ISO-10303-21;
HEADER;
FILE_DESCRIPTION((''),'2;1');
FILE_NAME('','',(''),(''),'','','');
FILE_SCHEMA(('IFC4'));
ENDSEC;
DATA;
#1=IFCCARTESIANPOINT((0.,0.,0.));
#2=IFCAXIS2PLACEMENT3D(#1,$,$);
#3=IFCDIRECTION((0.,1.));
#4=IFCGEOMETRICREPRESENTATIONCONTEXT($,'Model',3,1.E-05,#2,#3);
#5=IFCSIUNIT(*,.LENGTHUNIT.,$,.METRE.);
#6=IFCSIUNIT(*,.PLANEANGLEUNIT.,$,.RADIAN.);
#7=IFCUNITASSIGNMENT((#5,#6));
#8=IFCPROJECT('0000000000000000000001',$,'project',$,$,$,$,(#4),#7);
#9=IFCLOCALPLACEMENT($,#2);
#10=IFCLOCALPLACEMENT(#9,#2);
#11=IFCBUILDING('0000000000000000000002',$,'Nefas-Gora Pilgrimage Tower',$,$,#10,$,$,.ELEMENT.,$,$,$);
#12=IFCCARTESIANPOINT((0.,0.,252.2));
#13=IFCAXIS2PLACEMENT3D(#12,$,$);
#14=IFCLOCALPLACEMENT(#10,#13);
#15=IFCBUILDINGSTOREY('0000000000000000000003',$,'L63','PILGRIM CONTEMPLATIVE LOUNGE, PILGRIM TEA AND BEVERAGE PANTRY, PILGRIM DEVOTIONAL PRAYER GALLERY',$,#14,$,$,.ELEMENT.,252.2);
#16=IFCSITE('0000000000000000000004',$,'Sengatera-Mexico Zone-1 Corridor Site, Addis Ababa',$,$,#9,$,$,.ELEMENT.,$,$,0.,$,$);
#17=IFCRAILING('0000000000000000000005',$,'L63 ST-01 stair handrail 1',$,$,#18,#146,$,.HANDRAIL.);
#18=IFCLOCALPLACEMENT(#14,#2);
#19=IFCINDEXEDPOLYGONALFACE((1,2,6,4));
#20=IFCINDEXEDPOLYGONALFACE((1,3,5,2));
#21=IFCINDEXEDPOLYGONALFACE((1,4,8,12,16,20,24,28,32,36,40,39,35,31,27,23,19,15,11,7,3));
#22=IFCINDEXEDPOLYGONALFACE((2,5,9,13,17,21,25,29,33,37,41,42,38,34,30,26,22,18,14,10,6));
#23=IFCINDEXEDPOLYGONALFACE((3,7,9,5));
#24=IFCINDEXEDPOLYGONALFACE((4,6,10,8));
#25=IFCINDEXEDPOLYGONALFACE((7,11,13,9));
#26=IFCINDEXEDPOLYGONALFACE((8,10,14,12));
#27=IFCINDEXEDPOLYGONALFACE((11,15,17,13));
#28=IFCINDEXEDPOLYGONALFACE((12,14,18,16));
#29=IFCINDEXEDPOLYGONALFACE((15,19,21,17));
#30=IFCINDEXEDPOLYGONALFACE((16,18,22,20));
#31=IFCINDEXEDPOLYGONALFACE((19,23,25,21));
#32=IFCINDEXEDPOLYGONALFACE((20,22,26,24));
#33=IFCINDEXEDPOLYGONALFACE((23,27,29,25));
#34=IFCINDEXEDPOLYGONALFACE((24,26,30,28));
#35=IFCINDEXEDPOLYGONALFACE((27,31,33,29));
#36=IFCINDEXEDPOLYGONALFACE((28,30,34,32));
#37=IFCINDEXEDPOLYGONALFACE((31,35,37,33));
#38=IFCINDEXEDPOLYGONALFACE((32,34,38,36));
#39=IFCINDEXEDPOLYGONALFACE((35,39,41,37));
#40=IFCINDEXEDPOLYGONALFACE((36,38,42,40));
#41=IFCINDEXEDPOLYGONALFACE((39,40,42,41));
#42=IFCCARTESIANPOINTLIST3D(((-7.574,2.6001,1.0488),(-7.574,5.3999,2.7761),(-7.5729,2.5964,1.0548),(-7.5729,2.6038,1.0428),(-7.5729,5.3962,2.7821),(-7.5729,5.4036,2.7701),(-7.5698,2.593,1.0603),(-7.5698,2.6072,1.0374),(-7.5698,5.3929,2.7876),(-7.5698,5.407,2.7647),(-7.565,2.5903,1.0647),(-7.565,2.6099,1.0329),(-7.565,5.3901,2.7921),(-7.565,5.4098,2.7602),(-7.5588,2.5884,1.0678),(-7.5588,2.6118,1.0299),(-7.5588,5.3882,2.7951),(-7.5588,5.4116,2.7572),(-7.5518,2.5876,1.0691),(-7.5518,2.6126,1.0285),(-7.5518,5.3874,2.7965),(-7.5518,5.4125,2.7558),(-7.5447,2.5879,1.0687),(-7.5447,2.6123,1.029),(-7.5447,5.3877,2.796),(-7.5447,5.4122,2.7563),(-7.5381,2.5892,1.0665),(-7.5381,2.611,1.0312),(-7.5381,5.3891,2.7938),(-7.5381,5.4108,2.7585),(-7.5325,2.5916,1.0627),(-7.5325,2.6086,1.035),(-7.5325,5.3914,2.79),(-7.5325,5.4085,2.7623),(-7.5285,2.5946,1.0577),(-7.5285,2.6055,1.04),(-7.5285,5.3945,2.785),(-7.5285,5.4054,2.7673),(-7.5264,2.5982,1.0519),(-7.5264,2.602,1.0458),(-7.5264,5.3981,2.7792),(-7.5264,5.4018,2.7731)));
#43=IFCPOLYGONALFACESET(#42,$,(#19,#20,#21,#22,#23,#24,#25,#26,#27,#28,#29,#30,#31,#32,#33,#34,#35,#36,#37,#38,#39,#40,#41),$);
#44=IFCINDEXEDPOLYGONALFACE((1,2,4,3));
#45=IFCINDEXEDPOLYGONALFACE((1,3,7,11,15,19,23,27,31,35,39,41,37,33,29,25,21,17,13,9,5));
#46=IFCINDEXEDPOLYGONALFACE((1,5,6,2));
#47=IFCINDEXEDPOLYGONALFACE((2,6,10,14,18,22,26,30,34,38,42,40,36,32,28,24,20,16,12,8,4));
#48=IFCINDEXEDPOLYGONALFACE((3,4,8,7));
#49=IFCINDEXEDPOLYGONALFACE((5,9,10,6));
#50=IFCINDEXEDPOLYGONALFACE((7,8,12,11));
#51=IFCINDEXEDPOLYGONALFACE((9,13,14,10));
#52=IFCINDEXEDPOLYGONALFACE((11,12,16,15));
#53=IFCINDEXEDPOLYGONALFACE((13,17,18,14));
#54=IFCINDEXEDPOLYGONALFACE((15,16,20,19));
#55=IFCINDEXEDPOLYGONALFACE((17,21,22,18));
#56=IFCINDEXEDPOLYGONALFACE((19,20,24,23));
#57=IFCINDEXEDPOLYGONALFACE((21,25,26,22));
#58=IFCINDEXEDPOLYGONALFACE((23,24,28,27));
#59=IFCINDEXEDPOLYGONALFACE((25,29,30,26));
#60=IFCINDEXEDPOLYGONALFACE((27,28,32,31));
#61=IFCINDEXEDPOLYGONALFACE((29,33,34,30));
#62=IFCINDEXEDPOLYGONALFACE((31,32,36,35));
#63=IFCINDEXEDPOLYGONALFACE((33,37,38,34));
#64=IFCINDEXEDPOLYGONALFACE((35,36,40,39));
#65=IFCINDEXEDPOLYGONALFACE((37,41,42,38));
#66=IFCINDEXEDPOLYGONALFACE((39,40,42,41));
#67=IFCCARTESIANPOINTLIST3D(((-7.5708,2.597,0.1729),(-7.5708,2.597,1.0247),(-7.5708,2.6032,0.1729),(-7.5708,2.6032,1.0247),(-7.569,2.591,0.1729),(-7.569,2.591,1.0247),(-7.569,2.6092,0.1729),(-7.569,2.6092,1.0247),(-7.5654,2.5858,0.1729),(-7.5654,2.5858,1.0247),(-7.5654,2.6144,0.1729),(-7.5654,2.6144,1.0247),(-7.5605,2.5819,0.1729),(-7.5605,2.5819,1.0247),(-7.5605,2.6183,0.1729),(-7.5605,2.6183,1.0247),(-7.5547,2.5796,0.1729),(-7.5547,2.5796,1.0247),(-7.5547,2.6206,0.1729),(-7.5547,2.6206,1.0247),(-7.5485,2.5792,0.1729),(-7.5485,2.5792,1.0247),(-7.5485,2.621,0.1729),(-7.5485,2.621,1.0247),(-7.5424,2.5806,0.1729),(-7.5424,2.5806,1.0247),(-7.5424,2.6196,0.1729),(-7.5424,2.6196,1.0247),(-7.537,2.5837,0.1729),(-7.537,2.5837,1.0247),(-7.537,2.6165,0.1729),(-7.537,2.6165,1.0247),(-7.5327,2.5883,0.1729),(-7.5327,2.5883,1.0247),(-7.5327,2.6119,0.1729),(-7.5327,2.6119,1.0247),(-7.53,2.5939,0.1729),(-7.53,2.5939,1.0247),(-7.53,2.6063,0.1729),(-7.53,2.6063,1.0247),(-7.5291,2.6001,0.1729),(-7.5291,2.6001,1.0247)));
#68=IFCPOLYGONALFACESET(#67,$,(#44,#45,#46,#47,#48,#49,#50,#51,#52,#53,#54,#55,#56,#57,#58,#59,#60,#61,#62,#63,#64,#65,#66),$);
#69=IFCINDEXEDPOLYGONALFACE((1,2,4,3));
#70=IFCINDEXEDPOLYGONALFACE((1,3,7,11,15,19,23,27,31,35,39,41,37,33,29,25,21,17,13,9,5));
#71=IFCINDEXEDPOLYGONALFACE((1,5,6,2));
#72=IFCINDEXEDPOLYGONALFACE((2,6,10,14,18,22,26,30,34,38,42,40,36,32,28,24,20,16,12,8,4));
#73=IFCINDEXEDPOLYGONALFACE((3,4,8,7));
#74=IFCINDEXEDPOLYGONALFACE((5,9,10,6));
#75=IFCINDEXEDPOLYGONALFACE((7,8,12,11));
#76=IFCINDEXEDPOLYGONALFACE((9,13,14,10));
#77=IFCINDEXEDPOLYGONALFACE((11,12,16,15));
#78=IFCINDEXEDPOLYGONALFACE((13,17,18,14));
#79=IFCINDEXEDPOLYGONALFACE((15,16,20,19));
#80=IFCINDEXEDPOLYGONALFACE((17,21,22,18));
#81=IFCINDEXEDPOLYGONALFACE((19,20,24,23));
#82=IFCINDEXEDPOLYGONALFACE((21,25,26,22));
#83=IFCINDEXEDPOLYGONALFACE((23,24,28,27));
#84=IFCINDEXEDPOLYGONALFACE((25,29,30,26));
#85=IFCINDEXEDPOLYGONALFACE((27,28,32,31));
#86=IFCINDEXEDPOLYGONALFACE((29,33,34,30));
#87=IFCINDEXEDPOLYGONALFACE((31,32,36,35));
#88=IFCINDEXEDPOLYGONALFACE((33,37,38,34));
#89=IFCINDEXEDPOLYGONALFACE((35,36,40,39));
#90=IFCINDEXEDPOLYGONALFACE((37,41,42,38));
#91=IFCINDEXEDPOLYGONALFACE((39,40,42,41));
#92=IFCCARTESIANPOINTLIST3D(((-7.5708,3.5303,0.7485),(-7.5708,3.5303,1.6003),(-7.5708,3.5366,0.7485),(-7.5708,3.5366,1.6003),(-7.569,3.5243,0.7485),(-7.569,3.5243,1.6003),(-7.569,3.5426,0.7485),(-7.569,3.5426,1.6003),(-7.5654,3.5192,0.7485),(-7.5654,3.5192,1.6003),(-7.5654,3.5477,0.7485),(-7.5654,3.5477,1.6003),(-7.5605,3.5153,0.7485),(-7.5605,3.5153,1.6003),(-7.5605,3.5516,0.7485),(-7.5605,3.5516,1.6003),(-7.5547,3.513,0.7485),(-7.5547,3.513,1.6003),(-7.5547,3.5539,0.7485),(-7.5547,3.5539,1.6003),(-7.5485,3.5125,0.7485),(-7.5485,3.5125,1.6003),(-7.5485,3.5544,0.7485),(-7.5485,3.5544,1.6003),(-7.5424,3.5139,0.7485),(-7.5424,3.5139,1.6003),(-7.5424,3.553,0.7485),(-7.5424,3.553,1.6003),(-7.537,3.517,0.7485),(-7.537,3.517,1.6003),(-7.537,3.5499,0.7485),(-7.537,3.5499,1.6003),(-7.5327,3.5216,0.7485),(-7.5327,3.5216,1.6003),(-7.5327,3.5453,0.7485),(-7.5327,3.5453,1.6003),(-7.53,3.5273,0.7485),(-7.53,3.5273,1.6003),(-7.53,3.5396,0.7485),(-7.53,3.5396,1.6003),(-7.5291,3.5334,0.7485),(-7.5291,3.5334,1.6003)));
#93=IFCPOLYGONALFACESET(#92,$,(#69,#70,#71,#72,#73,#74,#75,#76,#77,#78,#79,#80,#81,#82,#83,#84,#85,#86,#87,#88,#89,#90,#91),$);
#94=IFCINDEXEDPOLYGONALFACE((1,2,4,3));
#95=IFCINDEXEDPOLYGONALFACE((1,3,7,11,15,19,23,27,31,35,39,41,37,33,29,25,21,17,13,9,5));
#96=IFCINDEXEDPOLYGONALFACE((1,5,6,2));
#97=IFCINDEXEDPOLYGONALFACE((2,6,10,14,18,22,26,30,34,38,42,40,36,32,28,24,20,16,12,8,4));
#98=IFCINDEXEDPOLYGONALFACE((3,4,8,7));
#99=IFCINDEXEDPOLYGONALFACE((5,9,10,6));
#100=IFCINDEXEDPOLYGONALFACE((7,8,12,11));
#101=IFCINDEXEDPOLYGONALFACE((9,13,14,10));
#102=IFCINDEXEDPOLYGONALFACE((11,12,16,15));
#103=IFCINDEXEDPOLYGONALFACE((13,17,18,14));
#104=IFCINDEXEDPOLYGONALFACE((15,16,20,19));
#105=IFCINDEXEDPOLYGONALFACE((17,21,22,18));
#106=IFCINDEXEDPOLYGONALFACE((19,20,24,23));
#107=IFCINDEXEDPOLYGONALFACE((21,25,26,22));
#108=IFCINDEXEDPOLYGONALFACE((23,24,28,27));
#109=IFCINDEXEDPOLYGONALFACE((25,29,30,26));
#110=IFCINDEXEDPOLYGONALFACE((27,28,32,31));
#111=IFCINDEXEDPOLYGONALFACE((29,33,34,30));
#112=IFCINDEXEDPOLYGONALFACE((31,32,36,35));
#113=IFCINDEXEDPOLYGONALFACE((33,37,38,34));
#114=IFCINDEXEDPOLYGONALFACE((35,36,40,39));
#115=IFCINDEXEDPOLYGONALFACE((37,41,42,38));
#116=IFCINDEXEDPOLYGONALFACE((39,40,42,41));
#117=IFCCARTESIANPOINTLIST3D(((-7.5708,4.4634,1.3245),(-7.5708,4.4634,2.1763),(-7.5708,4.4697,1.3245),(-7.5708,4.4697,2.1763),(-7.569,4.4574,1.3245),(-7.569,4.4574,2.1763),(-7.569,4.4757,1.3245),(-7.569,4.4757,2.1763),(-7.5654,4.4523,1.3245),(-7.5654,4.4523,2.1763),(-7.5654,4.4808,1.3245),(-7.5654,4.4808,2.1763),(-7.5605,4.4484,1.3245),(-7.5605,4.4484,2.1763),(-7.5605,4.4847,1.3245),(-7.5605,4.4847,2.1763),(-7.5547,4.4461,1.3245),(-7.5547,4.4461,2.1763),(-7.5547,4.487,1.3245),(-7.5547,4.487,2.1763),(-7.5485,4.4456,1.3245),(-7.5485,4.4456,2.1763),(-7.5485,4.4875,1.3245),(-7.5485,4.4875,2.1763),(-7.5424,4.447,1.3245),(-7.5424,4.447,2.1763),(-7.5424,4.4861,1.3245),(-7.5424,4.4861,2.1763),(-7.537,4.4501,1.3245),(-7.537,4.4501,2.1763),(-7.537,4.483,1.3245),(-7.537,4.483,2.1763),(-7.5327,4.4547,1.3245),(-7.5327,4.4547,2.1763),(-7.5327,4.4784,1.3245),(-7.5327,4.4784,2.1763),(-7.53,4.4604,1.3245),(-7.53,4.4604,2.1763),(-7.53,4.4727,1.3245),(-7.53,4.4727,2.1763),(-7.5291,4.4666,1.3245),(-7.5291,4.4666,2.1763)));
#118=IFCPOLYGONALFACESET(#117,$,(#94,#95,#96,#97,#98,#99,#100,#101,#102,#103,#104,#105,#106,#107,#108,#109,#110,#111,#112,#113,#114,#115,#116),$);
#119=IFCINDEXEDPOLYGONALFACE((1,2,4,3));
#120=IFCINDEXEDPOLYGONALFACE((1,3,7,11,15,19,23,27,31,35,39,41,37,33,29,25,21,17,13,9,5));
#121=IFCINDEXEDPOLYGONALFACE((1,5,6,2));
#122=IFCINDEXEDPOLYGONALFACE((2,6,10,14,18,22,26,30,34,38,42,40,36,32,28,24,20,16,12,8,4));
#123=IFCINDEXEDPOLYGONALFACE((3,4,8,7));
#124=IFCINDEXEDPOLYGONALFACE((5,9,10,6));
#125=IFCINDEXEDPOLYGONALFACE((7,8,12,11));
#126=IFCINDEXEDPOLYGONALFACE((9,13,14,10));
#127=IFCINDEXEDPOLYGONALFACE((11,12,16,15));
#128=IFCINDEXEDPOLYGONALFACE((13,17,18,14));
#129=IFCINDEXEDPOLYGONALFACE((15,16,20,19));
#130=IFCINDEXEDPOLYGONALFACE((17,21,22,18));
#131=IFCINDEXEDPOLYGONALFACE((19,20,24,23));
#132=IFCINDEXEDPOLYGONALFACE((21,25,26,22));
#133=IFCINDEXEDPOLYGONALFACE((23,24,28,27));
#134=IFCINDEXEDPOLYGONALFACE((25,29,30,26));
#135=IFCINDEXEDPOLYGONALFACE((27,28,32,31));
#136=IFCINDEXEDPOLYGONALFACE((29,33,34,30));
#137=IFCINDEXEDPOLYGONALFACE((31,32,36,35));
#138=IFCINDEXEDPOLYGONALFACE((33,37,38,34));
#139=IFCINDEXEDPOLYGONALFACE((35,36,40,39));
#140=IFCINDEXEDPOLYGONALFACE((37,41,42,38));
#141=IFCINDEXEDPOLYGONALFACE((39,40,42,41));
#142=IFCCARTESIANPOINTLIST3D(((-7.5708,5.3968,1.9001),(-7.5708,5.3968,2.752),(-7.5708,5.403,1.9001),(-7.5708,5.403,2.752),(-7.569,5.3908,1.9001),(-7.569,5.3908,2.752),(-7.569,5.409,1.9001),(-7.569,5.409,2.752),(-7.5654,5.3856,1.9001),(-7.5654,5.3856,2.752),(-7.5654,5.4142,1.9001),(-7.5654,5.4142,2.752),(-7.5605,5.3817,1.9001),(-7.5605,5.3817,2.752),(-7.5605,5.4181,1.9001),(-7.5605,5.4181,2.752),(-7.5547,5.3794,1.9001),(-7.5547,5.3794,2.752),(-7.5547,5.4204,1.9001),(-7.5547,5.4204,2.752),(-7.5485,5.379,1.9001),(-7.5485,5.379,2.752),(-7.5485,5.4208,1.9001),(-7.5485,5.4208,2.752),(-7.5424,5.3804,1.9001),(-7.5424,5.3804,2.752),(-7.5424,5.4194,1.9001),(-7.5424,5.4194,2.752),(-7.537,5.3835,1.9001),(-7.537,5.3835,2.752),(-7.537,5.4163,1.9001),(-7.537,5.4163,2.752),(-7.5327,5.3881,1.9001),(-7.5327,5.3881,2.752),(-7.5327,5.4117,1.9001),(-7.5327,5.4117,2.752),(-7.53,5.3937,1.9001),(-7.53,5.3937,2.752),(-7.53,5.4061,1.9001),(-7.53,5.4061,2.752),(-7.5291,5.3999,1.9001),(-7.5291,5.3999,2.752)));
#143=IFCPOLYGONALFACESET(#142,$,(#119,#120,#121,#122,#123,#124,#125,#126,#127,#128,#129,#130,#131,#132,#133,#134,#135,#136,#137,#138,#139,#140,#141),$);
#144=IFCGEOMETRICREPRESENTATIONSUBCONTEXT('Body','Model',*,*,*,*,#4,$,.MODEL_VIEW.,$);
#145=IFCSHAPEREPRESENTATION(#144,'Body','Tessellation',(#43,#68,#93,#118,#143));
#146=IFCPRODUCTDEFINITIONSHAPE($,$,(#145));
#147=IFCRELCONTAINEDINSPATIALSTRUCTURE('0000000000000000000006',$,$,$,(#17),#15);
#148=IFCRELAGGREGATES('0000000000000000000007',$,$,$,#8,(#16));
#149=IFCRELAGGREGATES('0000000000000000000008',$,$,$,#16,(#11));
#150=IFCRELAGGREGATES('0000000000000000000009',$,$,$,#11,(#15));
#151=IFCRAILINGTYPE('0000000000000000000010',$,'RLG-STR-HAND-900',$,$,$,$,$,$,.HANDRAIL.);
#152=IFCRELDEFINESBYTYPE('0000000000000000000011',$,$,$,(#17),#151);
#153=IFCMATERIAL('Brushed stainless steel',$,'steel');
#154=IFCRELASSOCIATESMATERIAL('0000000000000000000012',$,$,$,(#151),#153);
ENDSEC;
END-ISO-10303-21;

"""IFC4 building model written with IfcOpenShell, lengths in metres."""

from ifc_helpers import new_model, si_unit, direction, frame, origin, origin_2d, place, context, subcontext, project, spatial, circle, extrude, material, type_object, element, save


model = new_model("IFC4")

# Units and contexts
model_context = context("Model", 3, precision=1e-05, world=origin(), true_north=direction((0.0, 1.0)))
body_context = subcontext(model_context, "Body", "Model", "MODEL_VIEW")
ifc_project = project(units=[si_unit("LENGTHUNIT", "METRE"), si_unit("PLANEANGLEUNIT", "RADIAN")], contexts=[model_context])

# Site, building, storey
site_placement = place(None, origin())
site = spatial("IfcSite", under=ifc_project, at=site_placement, Name="Sengatera-Mexico Zone-1 Corridor Site, Addis Ababa", CompositionType="ELEMENT", RefElevation=0.0)
building_placement = place(site_placement, origin())
building = spatial("IfcBuilding", under=site, at=building_placement, Name="Nefas-Gora Pilgrimage Tower", CompositionType="ELEMENT")
storey_placement = place(building_placement, frame((0.0, 0.0, 252.2)))
storey = spatial("IfcBuildingStorey", under=building, at=storey_placement, Name="L63", Description="PILGRIM CONTEMPLATIVE LOUNGE, PILGRIM TEA AND BEVERAGE PANTRY, PILGRIM DEVOTIONAL PRAYER GALLERY", CompositionType="ELEMENT", Elevation=252.2)

# Railing
ifc_material_1 = material(Name="Brushed stainless steel", Category="steel")
railing_type_1 = type_object("IfcRailingType", Name="RLG-STR-HAND-900", PredefinedType="HANDRAIL", material=ifc_material_1)
railing_1_placement = place(storey_placement, frame((-7.55, 2.6001, 0.1729)))
element("IfcRailing", 1, at=railing_1_placement, inside=storey, type_object=railing_type_1, Name="L63 ST-01 stair handrail 1", PredefinedType="HANDRAIL", context=body_context, shape_type="SweptSolid", body=[
    extrude(circle(Radius=0.0239, at=origin_2d()), frame((0.0, 0.0, 0.876), z_axis=(0.0, 0.851069, 0.525054), x_axis=(-1.0, 0.0, 0.0)), (0.0, 0.0, 1.0), 3.2898),
    extrude(circle(Radius=0.021, at=origin_2d()), origin(), (0.0, 0.0, 1.0), 0.8518),
    extrude(circle(Radius=0.021, at=origin_2d()), frame((0.0, 0.9333, 0.5757)), (0.0, 0.0, 1.0), 0.8518),
    extrude(circle(Radius=0.021, at=origin_2d()), frame((0.0, 1.8665, 1.1516)), (0.0, 0.0, 1.0), 0.8518),
    extrude(circle(Radius=0.021, at=origin_2d()), frame((0.0, 2.7998, 1.7273)), (0.0, 0.0, 1.0), 0.8518),
])

save(model, "model.ifc")
